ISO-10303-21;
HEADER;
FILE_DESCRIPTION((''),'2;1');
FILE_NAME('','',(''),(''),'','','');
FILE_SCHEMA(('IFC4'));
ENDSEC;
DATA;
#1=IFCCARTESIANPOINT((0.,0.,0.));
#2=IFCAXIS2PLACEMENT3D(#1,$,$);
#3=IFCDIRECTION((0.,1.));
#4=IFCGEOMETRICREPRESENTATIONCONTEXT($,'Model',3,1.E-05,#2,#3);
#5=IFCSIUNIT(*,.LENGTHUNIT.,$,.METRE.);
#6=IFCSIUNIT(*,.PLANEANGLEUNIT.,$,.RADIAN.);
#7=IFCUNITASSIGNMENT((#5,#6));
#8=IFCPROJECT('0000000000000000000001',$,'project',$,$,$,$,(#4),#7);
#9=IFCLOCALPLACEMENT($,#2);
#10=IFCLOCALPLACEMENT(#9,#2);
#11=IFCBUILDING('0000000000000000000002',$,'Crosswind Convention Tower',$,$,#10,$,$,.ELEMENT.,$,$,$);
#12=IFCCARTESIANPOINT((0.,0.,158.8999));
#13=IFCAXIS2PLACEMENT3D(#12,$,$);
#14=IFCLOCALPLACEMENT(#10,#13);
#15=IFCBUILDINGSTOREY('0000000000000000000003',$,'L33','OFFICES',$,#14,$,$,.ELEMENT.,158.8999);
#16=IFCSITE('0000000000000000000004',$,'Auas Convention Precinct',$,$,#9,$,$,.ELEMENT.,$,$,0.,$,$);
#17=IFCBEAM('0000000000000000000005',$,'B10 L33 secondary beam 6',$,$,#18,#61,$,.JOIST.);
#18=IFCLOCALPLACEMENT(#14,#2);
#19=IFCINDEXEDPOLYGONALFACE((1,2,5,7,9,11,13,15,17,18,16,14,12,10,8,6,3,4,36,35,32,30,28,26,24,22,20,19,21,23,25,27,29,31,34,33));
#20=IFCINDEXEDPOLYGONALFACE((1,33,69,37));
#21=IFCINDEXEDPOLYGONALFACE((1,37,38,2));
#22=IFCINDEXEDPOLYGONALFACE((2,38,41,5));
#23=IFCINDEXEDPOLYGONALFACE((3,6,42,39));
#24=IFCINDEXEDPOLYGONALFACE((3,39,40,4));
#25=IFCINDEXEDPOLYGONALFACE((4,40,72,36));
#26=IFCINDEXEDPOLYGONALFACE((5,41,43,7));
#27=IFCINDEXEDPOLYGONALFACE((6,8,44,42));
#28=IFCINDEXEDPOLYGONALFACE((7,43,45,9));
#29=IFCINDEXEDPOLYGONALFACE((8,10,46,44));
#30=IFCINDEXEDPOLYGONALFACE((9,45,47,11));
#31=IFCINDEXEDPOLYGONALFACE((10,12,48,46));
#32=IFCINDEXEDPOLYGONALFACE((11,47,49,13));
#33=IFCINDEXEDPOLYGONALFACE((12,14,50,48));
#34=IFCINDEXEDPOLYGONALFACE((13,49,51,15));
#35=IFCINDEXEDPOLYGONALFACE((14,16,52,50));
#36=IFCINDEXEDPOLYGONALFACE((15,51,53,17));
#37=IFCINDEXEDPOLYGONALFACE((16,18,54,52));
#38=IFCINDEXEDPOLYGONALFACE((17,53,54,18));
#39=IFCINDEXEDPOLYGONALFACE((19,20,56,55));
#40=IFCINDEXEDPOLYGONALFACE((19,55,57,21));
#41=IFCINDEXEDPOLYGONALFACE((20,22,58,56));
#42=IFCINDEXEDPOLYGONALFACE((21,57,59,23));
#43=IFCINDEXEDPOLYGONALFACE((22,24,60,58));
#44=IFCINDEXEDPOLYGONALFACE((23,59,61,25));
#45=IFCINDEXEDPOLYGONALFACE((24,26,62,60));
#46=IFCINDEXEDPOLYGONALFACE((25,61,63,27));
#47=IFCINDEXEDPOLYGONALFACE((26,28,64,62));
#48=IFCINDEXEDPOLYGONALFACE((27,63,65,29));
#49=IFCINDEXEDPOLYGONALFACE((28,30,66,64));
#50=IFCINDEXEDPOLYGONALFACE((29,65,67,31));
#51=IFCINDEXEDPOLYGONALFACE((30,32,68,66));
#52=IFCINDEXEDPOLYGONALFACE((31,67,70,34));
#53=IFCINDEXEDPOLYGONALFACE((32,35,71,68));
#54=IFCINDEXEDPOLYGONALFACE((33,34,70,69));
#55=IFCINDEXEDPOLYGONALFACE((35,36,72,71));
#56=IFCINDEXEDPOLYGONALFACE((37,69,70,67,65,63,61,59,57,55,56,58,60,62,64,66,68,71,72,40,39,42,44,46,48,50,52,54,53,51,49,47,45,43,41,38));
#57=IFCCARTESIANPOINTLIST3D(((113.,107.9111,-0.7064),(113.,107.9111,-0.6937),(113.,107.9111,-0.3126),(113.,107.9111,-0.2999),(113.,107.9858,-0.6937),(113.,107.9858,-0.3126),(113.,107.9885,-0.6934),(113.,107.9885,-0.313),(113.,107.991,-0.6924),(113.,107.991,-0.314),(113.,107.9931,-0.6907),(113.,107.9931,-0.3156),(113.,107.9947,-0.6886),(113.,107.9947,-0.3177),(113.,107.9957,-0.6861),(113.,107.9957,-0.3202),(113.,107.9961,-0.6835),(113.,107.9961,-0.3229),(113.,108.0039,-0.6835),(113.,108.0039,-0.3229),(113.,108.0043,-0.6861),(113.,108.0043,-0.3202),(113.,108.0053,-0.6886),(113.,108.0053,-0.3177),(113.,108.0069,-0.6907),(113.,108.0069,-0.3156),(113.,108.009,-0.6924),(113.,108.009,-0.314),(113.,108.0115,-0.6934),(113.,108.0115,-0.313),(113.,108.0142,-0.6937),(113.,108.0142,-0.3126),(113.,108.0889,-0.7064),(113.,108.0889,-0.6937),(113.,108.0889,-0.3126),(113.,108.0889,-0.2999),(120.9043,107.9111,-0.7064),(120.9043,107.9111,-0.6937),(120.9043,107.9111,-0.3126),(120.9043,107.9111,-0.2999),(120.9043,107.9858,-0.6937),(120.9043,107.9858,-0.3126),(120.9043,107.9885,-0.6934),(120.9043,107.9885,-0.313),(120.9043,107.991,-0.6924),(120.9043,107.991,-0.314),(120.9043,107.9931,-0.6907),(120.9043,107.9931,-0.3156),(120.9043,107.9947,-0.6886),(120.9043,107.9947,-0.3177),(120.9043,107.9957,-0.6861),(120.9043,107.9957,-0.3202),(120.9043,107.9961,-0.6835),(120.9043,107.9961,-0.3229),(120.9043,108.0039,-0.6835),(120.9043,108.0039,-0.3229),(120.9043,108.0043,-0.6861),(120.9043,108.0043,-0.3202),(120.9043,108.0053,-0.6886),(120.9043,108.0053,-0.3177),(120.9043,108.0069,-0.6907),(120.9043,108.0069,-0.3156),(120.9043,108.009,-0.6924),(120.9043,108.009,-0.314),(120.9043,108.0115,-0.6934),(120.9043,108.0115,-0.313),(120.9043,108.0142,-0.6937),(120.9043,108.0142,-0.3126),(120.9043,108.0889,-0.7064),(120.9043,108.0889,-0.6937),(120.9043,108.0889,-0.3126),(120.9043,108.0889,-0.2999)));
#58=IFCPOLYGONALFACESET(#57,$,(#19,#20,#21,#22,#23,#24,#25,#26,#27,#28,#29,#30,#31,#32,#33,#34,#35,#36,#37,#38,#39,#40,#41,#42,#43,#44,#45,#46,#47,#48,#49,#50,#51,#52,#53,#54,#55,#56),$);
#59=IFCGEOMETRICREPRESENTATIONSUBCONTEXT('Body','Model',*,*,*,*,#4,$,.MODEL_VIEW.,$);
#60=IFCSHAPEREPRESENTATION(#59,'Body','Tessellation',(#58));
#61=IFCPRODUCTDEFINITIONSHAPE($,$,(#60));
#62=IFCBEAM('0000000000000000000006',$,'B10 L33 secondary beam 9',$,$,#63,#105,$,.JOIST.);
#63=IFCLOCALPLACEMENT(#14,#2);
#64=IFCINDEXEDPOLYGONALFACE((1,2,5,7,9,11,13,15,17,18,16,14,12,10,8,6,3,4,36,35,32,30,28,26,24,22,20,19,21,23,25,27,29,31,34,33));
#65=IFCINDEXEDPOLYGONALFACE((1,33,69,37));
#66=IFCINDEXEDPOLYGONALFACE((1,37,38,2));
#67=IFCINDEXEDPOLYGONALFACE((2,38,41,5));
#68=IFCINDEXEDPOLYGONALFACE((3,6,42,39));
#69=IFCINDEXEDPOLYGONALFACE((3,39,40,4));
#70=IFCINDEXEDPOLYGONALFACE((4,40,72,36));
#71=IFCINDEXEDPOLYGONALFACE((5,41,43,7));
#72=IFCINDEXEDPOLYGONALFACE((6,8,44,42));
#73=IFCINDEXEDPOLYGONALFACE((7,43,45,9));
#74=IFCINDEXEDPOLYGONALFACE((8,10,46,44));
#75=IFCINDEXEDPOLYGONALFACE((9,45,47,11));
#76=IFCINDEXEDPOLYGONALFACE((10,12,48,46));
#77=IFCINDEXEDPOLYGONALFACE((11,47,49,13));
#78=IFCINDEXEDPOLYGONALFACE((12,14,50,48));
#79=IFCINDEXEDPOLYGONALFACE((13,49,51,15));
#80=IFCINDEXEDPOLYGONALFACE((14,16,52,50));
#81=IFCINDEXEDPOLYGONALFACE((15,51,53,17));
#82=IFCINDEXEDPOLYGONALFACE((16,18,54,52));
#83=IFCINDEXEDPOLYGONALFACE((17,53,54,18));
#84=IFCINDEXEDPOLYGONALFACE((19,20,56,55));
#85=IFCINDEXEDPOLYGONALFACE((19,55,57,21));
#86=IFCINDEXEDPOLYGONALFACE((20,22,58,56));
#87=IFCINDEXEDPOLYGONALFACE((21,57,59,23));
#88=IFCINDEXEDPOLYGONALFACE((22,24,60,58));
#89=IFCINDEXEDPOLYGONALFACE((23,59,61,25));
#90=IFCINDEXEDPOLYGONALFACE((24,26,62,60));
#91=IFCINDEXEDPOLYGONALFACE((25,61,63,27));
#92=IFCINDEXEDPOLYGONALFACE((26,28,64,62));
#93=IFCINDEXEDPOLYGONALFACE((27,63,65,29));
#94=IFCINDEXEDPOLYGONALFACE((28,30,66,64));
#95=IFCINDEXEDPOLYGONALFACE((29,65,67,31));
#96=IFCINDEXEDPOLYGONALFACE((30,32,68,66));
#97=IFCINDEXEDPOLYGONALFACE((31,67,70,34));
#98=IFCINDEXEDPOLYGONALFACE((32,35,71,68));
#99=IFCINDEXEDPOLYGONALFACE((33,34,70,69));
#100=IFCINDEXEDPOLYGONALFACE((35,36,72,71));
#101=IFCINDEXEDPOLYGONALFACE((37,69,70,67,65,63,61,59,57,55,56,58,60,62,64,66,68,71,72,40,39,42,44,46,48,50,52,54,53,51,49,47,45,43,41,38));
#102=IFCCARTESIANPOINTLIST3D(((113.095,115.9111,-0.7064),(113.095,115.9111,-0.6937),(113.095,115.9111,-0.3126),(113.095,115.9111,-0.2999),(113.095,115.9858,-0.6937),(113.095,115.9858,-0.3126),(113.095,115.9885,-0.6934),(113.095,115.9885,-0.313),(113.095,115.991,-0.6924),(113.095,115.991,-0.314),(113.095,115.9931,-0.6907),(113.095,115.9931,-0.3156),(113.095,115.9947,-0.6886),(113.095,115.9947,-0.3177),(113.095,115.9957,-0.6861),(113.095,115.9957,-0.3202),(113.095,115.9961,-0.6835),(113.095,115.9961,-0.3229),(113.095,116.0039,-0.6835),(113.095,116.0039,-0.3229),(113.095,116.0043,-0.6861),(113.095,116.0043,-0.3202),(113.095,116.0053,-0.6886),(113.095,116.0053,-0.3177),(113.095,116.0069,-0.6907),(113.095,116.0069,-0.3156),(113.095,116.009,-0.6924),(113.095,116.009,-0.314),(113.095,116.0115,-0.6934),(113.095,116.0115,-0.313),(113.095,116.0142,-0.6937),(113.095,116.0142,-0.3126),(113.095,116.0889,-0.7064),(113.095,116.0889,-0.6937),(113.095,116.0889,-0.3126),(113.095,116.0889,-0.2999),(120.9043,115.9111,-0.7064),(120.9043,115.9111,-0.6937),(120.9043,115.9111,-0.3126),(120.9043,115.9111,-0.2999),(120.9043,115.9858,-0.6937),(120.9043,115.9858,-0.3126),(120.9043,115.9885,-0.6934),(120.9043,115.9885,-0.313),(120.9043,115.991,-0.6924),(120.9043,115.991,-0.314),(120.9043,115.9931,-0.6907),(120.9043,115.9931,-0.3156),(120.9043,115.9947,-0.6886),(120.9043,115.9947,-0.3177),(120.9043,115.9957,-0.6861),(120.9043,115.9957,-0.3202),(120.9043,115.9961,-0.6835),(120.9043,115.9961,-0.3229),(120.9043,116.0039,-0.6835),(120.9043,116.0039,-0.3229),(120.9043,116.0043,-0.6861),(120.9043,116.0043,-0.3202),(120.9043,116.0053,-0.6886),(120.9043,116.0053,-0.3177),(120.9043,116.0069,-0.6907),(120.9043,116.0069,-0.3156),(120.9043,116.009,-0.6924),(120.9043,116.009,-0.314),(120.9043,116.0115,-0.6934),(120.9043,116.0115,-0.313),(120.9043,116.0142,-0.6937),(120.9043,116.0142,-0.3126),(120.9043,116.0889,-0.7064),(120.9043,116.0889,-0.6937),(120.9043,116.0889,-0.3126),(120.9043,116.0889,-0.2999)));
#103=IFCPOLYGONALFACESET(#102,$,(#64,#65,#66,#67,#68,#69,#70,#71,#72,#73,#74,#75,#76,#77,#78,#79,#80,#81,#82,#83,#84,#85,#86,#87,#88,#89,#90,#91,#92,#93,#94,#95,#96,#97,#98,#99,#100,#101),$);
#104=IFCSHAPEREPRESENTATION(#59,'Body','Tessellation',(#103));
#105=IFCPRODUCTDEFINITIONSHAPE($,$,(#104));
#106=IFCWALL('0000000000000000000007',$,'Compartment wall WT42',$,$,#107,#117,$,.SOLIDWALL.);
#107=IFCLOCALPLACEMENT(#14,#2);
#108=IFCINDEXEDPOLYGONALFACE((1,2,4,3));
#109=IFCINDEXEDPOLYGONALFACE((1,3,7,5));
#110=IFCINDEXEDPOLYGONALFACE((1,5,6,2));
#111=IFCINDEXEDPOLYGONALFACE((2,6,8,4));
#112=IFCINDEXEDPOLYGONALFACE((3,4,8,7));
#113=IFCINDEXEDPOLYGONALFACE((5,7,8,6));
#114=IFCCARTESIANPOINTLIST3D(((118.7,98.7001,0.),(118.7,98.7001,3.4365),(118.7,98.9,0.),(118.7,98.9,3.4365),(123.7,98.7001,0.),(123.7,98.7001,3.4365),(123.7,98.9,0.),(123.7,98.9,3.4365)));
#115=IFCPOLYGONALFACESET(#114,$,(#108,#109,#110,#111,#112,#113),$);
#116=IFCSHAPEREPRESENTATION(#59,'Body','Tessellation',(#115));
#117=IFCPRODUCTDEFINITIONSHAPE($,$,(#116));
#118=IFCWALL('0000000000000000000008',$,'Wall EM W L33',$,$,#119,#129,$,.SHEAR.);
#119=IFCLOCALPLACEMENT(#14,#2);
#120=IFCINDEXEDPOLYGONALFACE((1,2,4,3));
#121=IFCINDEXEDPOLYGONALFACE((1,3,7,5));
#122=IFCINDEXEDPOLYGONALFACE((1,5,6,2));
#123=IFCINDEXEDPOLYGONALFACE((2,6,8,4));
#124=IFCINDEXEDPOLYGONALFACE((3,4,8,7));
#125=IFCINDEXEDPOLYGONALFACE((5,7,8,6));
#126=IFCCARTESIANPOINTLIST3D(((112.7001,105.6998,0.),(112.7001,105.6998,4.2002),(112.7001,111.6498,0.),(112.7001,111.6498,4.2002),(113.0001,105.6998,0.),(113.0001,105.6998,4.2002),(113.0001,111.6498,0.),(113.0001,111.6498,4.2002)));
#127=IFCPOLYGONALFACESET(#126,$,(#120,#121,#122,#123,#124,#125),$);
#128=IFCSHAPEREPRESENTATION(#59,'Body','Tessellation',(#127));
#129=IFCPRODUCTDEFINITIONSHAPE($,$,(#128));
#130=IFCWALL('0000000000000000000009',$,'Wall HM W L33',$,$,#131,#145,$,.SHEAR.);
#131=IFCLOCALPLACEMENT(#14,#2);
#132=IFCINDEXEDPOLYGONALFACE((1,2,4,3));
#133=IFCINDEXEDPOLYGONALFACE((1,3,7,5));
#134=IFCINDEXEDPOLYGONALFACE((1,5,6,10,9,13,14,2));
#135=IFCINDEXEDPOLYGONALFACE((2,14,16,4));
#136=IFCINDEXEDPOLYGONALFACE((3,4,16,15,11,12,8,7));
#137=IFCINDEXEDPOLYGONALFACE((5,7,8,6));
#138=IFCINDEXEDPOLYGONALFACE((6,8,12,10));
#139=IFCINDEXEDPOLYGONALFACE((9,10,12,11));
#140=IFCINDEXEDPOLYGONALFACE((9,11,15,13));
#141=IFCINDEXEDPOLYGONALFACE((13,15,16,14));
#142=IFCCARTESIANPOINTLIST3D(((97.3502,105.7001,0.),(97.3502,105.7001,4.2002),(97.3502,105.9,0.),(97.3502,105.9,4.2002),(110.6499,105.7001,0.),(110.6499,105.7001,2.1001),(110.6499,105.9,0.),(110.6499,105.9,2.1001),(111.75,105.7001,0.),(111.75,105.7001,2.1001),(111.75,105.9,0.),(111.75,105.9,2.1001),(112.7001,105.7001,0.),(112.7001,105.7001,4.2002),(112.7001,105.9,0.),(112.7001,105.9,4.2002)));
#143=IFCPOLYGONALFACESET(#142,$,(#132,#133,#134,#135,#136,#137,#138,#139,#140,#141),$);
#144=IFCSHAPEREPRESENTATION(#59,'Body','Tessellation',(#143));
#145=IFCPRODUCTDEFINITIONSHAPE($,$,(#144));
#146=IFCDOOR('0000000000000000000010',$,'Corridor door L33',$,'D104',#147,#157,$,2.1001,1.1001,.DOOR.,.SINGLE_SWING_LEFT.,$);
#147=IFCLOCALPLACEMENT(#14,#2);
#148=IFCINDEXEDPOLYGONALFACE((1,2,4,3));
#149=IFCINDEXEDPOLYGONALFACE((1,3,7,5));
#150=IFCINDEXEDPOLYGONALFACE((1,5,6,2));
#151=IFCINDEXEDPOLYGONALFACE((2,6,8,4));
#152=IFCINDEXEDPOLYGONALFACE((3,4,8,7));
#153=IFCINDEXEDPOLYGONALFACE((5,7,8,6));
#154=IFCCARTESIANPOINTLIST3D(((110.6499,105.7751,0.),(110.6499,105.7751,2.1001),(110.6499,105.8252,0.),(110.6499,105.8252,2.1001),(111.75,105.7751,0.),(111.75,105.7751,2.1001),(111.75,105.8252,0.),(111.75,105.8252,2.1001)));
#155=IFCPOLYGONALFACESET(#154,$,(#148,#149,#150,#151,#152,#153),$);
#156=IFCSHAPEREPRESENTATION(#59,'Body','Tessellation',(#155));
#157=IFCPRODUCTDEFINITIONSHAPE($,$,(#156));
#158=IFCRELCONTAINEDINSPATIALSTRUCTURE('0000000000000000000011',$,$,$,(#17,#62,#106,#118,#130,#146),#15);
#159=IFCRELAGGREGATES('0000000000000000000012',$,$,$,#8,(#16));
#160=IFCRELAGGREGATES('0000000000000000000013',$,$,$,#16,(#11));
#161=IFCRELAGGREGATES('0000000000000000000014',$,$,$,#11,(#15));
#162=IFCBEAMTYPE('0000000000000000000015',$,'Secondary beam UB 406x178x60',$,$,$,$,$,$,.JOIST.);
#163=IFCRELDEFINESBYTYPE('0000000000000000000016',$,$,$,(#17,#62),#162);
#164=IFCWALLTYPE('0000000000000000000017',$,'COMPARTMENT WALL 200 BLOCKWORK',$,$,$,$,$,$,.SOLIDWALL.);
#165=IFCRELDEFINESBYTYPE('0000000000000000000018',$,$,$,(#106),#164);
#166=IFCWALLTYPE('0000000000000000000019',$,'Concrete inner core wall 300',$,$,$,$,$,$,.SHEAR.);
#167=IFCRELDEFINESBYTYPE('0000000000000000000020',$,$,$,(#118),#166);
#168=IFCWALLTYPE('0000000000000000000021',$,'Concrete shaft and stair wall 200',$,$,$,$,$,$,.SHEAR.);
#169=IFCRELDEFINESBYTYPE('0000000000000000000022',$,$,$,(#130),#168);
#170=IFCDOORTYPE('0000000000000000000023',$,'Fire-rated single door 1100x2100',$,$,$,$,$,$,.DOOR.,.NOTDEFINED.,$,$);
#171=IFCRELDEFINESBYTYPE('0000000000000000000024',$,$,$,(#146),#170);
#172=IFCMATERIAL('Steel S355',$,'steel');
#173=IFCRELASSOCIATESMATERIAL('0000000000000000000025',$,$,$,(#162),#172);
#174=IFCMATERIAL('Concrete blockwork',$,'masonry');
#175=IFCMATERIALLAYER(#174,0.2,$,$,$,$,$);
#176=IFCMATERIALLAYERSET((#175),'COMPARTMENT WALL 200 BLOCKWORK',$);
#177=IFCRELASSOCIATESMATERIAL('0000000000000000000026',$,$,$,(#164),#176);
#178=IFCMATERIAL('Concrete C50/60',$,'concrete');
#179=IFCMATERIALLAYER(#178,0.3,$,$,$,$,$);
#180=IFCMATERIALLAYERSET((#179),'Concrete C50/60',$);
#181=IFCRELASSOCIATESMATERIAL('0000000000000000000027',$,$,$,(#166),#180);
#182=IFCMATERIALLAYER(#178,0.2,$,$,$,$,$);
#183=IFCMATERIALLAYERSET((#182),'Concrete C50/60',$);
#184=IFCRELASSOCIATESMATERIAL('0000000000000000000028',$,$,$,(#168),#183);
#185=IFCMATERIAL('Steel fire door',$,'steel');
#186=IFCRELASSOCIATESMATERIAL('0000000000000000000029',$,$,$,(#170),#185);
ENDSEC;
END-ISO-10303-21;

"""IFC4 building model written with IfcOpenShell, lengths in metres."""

from ifc_helpers import new_model, si_unit, direction, frame, frame_2d, origin, origin_2d, place, context, subcontext, project, spatial, rectangle, i_section, extrude, material, layer, layer_set, material_profile, profile_set, type_object, element, fill, save


model = new_model("IFC4")

# Units and contexts
model_context = context("Model", 3, precision=1e-05, world=origin(), true_north=direction((0.0, 1.0)))
body_context = subcontext(model_context, "Body", "Model", "MODEL_VIEW")
ifc_project = project(units=[si_unit("LENGTHUNIT", "METRE"), si_unit("PLANEANGLEUNIT", "RADIAN")], contexts=[model_context])

# Site, building, storey
site_placement = place(None, origin())
site = spatial("IfcSite", under=ifc_project, at=site_placement, Name="Auas Convention Precinct", CompositionType="ELEMENT", RefElevation=0.0)
building_placement = place(site_placement, origin())
building = spatial("IfcBuilding", under=site, at=building_placement, Name="Crosswind Convention Tower", CompositionType="ELEMENT")
storey_placement = place(building_placement, frame((0.0, 0.0, 158.8999)))
storey = spatial("IfcBuildingStorey", under=building, at=storey_placement, Name="L33", Description="OFFICES", CompositionType="ELEMENT", Elevation=158.8999)

# Shared definitions
ifc_material_1 = material(Name="Steel S355", Category="steel")

# Beams
ifc_material_profile_1 = material_profile(ifc_material_1, i_section(OverallWidth=0.1777, OverallDepth=0.4065, WebThickness=0.0078, FlangeThickness=0.0127, FilletRadius=0.0103, at=origin_2d()), Name="UB 406x178x60")
ifc_profile_set_1 = profile_set([ifc_material_profile_1], Name="Steel S355")
beam_type_1 = type_object("IfcBeamType", Name="Secondary beam UB 406x178x60", PredefinedType="JOIST", material=ifc_profile_set_1)
for number, where, z_axis, x_axis, name in (
    (1, (113.0, 108.0, -0.5032), (1.0, 0.0, 0.0), (0.0, 1.0, 0.0), "B10 L33 secondary beam 6"),
):
    element("IfcBeam", number, at=place(storey_placement, frame(where, z_axis=z_axis, x_axis=x_axis)), inside=storey, type_object=beam_type_1, Name=name, PredefinedType="JOIST", context=body_context, shape_type="SweptSolid", body=[
        extrude(i_section(OverallWidth=0.1777, OverallDepth=0.4065, WebThickness=0.0078, FlangeThickness=0.0127, FilletRadius=0.0103, at=origin_2d()), origin(), (0.0, 0.0, 1.0), 7.9043),
    ])
beam_1_placement = place(storey_placement, frame((113.095, 116.0, -0.5032), z_axis=(1.0, 0.0, 0.0), x_axis=(0.0, 1.0, 0.0)))
element("IfcBeam", 2, at=beam_1_placement, inside=storey, type_object=beam_type_1, Name="B10 L33 secondary beam 9", PredefinedType="JOIST", context=body_context, shape_type="SweptSolid", body=[
    extrude(i_section(OverallWidth=0.1777, OverallDepth=0.4065, WebThickness=0.0078, FlangeThickness=0.0127, FilletRadius=0.0103, at=origin_2d()), origin(), (0.0, 0.0, 1.0), 7.8093),
])

# Wall
ifc_material_2 = material(Name="Concrete blockwork", Category="masonry")
ifc_layer_1 = layer(ifc_material_2, 0.2)
ifc_layer_set_1 = layer_set([ifc_layer_1], Name="COMPARTMENT WALL 200 BLOCKWORK")
wall_type_1 = type_object("IfcWallType", Name="COMPARTMENT WALL 200 BLOCKWORK", PredefinedType="SOLIDWALL", material=ifc_layer_set_1)
wall_1_placement = place(storey_placement, frame((118.7, 98.8, 0.0), z_axis=(0.0, 0.0, 1.0), x_axis=(1.0, 0.0, 0.0)))
element("IfcWall", 3, at=wall_1_placement, inside=storey, type_object=wall_type_1, Name="Compartment wall WT42", PredefinedType="SOLIDWALL", context=body_context, shape_type="SweptSolid", body=[
    extrude(rectangle(XDim=5.0, YDim=0.2, at=frame_2d((2.5, 0.0))), origin(), (0.0, 0.0, 1.0), 3.4365),
])

# Shared definitions
ifc_material_3 = material(Name="Concrete C50/60", Category="concrete")
ifc_layer_2 = layer(ifc_material_3, 0.3)
ifc_layer_set_2 = layer_set([ifc_layer_2], Name="Concrete C50/60")
wall_type_2 = type_object("IfcWallType", Name="Concrete inner core wall 300", PredefinedType="SHEAR", material=ifc_layer_set_2)

# Wall
wall_2_placement = place(storey_placement, frame((112.8501, 111.6499, 0.0), z_axis=(0.0, 0.0, 1.0), x_axis=(0.0, -1.0, 0.0)))
element("IfcWall", 4, at=wall_2_placement, inside=storey, type_object=wall_type_2, Name="Wall EM W L33", PredefinedType="SHEAR", context=body_context, shape_type="SweptSolid", body=[
    extrude(rectangle(XDim=5.95, YDim=0.3, at=frame_2d((2.9751, 0.0))), origin(), (0.0, 0.0, 1.0), 4.2002),
])

# Wall, opening, door
ifc_layer_3 = layer(ifc_material_3, 0.2)
ifc_layer_set_3 = layer_set([ifc_layer_3], Name="Concrete C50/60")
wall_type_3 = type_object("IfcWallType", Name="Concrete shaft and stair wall 200", PredefinedType="SHEAR", material=ifc_layer_set_3)
wall_3_placement = place(storey_placement, frame((112.7, 105.8, 0.0), z_axis=(0.0, 0.0, 1.0), x_axis=(-1.0, 0.0, 0.0)))
wall_3 = element("IfcWall", 5, at=wall_3_placement, inside=storey, type_object=wall_type_3, Name="Wall HM W L33", PredefinedType="SHEAR", context=body_context, shape_type="SweptSolid", body=[
    extrude(rectangle(XDim=15.3499, YDim=0.2, at=frame_2d((7.6748, 0.0))), origin(), (0.0, 0.0, 1.0), 4.2002),
])
opening_1_placement = place(wall_3_placement, frame((0.95, 0.0, 0.0)))
opening_1 = element("IfcOpeningElement", 6, at=opening_1_placement, cuts=wall_3, PredefinedType="OPENING", context=body_context, shape_type="SweptSolid", body=[
    extrude(rectangle(XDim=1.1001, YDim=2.1001, at=frame_2d((0.55, 1.05))), frame((0.0, 0.1099, 0.0), z_axis=(0.0, -1.0, 0.0), x_axis=(1.0, 0.0, 0.0)), (0.0, 0.0, 1.0), 0.22),
])
ifc_material_4 = material(Name="Steel fire door", Category="steel")
door_type_1 = type_object("IfcDoorType", Name="Fire-rated single door 1100x2100", OperationType="NOTDEFINED", PredefinedType="DOOR", material=ifc_material_4)
door_1_placement = place(opening_1_placement, origin())
door_1 = element("IfcDoor", 7, at=door_1_placement, inside=storey, type_object=door_type_1, Name="Corridor door L33", ObjectType="D104", OperationType="SINGLE_SWING_LEFT", OverallHeight=2.1001, OverallWidth=1.1001, PredefinedType="DOOR", context=body_context, shape_type="SweptSolid", body=[
    extrude(rectangle(XDim=1.1001, YDim=2.1001, at=frame_2d((0.55, 1.05))), frame((0.0, 0.0249, 0.0), z_axis=(0.0, -1.0, 0.0), x_axis=(1.0, 0.0, 0.0)), (0.0, 0.0, 1.0), 0.05),
])
fill(opening_1, door_1)

save(model, "model.ifc")
